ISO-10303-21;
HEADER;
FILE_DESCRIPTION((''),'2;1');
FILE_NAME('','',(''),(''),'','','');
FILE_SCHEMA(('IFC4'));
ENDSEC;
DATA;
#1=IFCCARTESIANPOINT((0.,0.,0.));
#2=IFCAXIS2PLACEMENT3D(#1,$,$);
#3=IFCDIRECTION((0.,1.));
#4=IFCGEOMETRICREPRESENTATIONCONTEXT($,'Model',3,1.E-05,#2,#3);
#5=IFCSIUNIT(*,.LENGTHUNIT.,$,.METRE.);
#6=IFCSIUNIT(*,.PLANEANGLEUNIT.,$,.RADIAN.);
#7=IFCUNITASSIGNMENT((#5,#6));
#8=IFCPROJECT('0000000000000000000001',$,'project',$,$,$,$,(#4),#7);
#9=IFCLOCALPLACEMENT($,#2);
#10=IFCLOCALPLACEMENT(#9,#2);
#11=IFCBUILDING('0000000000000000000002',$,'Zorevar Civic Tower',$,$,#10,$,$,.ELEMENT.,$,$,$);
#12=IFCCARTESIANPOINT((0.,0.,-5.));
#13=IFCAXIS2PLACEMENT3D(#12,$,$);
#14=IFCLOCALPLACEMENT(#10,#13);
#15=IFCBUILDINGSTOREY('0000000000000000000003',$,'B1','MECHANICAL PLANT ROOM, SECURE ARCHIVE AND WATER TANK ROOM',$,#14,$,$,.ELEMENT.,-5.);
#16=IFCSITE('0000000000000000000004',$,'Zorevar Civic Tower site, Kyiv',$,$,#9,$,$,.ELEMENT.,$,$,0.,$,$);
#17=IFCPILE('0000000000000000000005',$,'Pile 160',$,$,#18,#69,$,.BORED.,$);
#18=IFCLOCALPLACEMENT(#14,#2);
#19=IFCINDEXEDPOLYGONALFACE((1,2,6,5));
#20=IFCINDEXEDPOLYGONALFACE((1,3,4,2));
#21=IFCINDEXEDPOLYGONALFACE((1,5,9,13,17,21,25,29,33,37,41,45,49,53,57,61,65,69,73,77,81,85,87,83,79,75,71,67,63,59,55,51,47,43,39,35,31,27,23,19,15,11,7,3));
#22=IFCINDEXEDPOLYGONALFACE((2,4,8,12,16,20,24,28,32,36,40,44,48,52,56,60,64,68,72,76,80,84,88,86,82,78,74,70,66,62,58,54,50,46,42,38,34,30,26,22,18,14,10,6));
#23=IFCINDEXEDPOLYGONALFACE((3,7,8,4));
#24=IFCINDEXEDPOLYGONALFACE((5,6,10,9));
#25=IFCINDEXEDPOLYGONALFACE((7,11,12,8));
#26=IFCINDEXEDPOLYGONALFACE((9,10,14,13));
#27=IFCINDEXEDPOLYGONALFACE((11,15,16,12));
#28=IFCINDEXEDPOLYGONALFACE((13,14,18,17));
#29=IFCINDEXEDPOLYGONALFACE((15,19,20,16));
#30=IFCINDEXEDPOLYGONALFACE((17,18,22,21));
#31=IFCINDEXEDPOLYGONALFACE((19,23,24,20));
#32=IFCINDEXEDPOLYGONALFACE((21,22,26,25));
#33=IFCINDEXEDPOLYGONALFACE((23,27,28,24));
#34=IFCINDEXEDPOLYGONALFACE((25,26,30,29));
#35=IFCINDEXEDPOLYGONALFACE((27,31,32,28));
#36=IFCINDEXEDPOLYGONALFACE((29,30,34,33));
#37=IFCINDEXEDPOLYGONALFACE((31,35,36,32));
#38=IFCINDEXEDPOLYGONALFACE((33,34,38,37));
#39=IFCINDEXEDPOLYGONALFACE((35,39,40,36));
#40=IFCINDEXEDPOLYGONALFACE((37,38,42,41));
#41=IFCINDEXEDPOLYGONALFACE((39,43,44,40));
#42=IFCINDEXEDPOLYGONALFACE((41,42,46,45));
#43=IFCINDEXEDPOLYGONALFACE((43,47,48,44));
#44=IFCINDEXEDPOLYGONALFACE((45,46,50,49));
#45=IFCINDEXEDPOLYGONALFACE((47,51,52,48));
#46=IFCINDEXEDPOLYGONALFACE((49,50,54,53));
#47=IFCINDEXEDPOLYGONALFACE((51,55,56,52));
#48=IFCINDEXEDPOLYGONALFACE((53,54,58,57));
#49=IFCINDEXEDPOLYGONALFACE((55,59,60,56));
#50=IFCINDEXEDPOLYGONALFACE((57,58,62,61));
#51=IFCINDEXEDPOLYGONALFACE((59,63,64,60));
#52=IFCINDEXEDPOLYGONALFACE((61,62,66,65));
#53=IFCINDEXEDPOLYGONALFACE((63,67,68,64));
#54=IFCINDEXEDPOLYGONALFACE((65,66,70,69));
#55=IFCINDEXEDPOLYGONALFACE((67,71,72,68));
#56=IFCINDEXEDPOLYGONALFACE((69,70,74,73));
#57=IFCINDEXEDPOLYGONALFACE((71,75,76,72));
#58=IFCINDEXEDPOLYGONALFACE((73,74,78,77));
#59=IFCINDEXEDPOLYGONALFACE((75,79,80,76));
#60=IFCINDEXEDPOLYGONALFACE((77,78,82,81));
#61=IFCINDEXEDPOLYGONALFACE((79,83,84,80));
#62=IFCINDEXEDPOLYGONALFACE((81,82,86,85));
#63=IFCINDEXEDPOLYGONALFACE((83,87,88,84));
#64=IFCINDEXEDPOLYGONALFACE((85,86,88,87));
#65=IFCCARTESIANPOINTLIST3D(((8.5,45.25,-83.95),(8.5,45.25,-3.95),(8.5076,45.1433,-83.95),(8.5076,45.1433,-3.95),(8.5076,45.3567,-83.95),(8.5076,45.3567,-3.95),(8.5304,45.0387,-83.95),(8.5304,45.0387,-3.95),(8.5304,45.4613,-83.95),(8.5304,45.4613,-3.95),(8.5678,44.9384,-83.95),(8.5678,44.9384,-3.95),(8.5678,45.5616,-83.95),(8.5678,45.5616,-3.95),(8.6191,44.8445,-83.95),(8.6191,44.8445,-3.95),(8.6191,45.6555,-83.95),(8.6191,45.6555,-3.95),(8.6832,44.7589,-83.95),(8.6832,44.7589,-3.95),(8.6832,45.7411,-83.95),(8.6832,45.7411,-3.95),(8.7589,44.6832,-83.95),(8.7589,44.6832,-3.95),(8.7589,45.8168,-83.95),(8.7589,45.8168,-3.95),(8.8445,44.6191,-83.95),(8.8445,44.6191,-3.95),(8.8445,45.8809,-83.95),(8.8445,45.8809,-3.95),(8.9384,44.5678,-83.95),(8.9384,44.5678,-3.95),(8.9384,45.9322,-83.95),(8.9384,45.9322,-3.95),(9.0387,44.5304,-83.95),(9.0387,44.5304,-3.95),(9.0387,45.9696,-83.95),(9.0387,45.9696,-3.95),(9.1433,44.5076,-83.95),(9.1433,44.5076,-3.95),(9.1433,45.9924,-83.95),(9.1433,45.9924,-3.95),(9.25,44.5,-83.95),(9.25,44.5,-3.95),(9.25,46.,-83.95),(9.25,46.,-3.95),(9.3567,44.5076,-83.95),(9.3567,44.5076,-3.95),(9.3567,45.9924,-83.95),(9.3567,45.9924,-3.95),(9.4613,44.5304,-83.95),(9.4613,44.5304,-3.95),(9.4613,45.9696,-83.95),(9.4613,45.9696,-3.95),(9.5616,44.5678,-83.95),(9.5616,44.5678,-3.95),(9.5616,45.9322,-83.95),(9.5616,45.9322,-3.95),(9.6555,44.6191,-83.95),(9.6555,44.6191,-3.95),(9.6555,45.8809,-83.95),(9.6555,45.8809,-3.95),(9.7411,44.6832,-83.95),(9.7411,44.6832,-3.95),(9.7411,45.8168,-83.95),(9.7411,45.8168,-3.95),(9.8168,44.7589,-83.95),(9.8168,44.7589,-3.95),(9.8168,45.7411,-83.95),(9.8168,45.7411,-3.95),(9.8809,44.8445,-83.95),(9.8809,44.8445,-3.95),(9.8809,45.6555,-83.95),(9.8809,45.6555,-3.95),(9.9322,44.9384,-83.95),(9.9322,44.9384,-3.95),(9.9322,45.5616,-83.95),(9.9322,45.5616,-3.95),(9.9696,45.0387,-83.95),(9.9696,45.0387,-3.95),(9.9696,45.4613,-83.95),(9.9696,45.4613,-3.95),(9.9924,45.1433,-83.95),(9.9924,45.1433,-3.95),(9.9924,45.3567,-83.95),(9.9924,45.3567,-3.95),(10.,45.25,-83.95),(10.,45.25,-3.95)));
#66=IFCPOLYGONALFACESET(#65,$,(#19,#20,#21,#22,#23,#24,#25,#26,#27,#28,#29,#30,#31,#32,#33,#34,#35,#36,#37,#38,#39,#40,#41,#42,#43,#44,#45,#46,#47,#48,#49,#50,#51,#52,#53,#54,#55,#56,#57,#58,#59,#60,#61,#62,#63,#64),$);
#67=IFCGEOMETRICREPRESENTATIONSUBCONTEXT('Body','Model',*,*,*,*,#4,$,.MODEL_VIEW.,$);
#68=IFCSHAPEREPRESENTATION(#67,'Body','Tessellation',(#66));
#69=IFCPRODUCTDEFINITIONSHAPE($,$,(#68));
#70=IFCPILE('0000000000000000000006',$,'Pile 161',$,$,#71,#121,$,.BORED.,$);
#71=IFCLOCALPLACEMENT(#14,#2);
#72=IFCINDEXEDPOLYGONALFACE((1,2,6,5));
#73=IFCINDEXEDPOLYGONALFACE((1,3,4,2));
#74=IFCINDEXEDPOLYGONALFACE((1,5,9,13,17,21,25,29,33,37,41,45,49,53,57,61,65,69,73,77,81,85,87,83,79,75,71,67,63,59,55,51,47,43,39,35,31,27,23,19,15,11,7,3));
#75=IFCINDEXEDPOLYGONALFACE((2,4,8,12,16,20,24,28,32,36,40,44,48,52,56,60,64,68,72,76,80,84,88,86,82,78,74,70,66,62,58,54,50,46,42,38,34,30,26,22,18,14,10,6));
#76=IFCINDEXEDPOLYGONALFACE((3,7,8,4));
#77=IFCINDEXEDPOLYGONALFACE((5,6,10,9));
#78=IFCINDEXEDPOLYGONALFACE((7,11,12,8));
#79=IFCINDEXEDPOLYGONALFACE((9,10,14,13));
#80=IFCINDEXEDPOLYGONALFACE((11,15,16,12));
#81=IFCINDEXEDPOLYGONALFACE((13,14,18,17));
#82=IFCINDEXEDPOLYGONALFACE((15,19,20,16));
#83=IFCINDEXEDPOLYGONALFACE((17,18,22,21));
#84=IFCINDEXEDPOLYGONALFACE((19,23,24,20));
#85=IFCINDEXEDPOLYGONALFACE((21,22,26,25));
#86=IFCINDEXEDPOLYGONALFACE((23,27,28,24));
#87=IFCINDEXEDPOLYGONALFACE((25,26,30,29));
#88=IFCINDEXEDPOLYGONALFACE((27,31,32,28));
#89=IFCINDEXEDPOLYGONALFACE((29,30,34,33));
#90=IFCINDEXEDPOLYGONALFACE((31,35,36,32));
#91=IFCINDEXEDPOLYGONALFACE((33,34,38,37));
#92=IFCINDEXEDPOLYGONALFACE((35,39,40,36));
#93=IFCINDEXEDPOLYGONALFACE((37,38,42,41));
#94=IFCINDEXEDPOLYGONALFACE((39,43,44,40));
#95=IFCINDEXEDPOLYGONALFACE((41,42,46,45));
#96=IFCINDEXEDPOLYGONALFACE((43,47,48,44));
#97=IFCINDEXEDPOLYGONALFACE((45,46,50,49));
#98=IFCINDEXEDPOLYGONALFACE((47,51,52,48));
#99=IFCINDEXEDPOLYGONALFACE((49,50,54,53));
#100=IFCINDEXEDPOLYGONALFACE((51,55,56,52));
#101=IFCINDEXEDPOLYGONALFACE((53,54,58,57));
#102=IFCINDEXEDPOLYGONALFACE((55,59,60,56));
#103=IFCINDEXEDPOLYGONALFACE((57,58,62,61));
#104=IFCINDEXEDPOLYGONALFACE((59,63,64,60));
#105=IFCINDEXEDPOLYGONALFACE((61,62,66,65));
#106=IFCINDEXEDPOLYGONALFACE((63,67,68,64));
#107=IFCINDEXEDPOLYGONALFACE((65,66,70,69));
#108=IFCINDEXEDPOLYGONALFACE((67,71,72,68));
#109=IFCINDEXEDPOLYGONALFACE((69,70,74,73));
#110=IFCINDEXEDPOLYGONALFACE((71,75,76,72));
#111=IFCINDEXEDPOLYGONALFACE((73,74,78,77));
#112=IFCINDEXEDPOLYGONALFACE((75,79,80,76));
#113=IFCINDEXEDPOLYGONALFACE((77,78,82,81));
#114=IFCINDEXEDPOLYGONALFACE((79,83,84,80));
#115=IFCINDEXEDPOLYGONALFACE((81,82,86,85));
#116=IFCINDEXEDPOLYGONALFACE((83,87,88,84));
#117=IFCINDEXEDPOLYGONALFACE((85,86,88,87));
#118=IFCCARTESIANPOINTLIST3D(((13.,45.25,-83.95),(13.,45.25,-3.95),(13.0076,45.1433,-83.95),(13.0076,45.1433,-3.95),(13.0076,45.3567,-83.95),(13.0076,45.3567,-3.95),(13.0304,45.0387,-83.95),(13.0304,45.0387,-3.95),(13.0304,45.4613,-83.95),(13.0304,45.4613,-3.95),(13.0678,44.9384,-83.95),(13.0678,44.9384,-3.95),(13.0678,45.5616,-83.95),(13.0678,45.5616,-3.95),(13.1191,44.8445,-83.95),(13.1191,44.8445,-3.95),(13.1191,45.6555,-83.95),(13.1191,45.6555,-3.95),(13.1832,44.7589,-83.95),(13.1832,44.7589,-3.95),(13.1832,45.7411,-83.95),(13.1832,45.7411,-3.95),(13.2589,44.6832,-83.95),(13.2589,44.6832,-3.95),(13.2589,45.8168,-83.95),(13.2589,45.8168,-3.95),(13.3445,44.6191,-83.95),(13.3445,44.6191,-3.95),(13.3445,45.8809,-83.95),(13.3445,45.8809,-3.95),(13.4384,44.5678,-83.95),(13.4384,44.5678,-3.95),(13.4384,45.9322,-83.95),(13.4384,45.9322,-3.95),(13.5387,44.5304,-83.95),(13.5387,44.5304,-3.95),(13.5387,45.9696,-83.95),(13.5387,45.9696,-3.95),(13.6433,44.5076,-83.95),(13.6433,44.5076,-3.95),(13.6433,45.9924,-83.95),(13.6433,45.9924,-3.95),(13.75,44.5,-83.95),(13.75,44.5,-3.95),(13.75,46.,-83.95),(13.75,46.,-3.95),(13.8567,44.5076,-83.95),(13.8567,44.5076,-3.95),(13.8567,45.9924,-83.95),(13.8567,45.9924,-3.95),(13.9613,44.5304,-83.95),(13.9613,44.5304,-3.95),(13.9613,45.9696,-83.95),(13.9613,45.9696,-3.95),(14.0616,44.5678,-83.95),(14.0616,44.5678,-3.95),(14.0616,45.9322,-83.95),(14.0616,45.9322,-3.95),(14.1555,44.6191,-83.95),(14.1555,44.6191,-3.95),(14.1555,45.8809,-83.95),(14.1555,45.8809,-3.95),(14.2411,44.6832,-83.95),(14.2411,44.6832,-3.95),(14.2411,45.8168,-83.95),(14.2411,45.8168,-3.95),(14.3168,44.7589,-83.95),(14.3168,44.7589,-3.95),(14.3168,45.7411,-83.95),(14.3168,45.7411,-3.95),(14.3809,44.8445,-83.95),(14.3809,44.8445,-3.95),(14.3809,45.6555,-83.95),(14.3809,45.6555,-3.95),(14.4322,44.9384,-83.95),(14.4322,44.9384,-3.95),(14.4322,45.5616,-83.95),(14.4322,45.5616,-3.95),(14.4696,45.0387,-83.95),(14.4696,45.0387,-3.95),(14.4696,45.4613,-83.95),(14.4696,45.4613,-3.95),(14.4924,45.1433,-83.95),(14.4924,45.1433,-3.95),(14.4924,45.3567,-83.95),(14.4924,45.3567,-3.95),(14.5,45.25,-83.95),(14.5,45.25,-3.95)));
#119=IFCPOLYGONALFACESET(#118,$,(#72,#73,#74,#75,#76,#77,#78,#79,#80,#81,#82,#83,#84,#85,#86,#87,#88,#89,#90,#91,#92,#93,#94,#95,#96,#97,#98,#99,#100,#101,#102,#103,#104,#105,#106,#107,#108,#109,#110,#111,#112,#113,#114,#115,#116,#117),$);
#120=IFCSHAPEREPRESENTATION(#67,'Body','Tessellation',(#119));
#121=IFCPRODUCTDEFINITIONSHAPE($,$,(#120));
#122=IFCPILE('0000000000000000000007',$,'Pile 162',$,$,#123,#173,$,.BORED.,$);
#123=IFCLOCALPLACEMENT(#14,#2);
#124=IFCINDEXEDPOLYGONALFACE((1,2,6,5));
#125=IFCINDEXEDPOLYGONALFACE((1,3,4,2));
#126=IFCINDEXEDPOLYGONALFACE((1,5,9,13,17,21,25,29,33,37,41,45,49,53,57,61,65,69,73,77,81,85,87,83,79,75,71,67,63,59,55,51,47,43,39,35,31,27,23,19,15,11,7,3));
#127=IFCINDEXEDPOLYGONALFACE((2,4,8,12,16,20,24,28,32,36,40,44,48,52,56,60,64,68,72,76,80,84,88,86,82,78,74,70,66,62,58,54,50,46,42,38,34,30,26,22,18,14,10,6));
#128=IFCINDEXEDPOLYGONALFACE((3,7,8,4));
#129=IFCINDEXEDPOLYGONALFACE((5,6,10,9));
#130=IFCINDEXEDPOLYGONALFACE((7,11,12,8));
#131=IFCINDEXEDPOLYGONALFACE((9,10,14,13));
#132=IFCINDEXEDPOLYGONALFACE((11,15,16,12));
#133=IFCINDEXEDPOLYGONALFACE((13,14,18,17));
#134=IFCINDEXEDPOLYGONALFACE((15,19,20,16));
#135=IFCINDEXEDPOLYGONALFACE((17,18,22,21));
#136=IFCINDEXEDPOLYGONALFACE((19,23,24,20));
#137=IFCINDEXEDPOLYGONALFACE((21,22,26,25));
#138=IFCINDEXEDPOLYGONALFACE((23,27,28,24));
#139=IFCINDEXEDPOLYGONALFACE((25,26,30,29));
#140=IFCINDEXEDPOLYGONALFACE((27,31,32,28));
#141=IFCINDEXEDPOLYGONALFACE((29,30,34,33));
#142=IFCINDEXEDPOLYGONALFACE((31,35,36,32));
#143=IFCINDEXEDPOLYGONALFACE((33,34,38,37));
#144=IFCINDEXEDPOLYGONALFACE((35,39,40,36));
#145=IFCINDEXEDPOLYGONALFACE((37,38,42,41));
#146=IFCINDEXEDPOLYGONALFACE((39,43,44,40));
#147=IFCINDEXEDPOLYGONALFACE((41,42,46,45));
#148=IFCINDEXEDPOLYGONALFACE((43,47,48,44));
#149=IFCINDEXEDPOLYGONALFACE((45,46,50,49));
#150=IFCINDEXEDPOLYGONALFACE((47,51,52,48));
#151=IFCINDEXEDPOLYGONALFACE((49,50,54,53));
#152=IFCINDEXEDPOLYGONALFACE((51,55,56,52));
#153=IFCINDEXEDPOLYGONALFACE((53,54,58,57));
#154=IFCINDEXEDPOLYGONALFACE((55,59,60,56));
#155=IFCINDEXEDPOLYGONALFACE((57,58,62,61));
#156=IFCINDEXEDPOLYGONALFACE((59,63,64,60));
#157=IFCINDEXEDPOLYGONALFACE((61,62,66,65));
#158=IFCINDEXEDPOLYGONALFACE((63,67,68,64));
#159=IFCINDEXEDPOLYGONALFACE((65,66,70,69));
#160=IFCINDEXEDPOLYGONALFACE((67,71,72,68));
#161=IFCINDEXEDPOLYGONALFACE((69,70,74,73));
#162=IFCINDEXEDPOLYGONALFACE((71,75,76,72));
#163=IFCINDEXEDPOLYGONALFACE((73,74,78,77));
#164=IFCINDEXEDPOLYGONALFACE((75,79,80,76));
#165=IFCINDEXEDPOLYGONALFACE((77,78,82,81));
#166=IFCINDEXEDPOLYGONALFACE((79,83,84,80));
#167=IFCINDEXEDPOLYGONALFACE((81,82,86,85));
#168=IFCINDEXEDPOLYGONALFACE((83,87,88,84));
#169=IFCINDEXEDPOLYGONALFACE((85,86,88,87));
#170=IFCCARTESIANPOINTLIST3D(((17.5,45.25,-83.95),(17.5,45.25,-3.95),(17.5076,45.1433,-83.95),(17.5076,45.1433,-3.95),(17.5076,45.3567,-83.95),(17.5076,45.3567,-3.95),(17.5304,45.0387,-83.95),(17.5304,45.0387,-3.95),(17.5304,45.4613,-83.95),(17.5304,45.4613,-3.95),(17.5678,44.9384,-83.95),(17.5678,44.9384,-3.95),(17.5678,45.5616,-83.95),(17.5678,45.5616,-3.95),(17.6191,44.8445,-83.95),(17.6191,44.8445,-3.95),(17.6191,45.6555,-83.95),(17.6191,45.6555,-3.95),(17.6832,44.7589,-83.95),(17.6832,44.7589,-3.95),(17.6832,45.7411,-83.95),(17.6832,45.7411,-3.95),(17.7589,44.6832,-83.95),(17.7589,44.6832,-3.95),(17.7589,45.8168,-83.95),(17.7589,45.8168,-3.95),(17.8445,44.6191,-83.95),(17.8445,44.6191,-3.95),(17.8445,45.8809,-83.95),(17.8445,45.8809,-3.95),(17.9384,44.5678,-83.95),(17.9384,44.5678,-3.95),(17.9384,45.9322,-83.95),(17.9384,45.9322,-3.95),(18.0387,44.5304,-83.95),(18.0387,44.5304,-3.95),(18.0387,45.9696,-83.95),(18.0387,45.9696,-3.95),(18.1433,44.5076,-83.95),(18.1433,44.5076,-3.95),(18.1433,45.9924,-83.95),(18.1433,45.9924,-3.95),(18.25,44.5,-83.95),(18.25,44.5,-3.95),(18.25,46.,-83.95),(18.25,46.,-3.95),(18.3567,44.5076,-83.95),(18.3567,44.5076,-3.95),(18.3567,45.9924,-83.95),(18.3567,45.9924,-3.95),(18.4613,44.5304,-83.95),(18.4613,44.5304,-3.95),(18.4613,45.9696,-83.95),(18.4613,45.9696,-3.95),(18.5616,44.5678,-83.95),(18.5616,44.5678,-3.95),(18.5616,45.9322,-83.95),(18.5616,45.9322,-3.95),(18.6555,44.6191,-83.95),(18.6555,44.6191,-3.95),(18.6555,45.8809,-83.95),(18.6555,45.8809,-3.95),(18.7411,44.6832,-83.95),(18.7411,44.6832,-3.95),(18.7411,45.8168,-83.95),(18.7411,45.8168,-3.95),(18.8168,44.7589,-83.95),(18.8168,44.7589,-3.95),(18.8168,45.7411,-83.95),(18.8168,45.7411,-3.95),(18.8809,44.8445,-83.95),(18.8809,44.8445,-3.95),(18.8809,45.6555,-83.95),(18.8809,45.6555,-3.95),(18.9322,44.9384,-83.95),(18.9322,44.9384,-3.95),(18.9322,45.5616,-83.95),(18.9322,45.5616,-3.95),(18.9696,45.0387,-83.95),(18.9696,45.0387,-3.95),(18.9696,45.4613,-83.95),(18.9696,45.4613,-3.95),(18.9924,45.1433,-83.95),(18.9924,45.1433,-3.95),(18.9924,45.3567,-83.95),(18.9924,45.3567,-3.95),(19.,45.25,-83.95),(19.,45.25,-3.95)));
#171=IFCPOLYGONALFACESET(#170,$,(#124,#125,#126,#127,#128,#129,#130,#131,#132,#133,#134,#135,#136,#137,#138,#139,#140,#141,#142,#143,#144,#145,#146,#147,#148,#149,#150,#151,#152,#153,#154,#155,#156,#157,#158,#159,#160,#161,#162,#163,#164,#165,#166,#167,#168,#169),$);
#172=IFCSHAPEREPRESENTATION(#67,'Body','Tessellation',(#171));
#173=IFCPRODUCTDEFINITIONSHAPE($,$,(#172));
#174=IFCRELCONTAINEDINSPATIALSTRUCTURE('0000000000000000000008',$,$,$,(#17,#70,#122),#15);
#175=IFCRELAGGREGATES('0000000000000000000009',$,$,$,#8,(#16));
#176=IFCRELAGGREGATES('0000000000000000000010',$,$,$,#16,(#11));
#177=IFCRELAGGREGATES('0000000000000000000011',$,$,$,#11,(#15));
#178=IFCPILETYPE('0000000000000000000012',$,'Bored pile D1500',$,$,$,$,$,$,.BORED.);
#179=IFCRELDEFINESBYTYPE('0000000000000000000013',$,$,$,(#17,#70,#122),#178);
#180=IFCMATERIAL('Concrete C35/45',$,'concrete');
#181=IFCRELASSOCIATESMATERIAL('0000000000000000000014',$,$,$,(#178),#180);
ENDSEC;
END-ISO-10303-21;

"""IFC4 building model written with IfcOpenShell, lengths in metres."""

from ifc_helpers import new_model, si_unit, direction, frame, origin, origin_2d, place, context, subcontext, project, spatial, circle, extrude, material, type_object, element, save


model = new_model("IFC4")

# Units and contexts
model_context = context("Model", 3, precision=1e-05, world=origin(), true_north=direction((0.0, 1.0)))
body_context = subcontext(model_context, "Body", "Model", "MODEL_VIEW")
ifc_project = project(units=[si_unit("LENGTHUNIT", "METRE"), si_unit("PLANEANGLEUNIT", "RADIAN")], contexts=[model_context])

# Site, building, storey
site_placement = place(None, origin())
site = spatial("IfcSite", under=ifc_project, at=site_placement, Name="Zorevar Civic Tower site, Kyiv", CompositionType="ELEMENT", RefElevation=0.0)
building_placement = place(site_placement, origin())
building = spatial("IfcBuilding", under=site, at=building_placement, Name="Zorevar Civic Tower", CompositionType="ELEMENT")
storey_placement = place(building_placement, frame((0.0, 0.0, -5.0)))
storey = spatial("IfcBuildingStorey", under=building, at=storey_placement, Name="B1", Description="MECHANICAL PLANT ROOM, SECURE ARCHIVE AND WATER TANK ROOM", CompositionType="ELEMENT", Elevation=-5.0)

# Piles
ifc_material_1 = material(Name="Concrete C35/45", Category="concrete")
pile_type = type_object("IfcPileType", Name="Bored pile D1500", PredefinedType="BORED", material=ifc_material_1)
for number, where, z_axis, x_axis, name in (
    (1, (9.25, 45.25, -3.95), (0.0, 0.0, -1.0), (1.0, 0.0, 0.0), "Pile 160"),
    (2, (13.75, 45.25, -3.95), (0.0, 0.0, -1.0), (1.0, 0.0, 0.0), "Pile 161"),
    (3, (18.25, 45.25, -3.95), (0.0, 0.0, -1.0), (1.0, 0.0, 0.0), "Pile 162"),
):
    element("IfcPile", number, at=place(storey_placement, frame(where, z_axis=z_axis, x_axis=x_axis)), inside=storey, type_object=pile_type, Name=name, PredefinedType="BORED", context=body_context, shape_type="SweptSolid", body=[
        extrude(circle(Radius=0.75, at=origin_2d()), origin(), (0.0, 0.0, 1.0), 80.0),
    ])

save(model, "model.ifc")
